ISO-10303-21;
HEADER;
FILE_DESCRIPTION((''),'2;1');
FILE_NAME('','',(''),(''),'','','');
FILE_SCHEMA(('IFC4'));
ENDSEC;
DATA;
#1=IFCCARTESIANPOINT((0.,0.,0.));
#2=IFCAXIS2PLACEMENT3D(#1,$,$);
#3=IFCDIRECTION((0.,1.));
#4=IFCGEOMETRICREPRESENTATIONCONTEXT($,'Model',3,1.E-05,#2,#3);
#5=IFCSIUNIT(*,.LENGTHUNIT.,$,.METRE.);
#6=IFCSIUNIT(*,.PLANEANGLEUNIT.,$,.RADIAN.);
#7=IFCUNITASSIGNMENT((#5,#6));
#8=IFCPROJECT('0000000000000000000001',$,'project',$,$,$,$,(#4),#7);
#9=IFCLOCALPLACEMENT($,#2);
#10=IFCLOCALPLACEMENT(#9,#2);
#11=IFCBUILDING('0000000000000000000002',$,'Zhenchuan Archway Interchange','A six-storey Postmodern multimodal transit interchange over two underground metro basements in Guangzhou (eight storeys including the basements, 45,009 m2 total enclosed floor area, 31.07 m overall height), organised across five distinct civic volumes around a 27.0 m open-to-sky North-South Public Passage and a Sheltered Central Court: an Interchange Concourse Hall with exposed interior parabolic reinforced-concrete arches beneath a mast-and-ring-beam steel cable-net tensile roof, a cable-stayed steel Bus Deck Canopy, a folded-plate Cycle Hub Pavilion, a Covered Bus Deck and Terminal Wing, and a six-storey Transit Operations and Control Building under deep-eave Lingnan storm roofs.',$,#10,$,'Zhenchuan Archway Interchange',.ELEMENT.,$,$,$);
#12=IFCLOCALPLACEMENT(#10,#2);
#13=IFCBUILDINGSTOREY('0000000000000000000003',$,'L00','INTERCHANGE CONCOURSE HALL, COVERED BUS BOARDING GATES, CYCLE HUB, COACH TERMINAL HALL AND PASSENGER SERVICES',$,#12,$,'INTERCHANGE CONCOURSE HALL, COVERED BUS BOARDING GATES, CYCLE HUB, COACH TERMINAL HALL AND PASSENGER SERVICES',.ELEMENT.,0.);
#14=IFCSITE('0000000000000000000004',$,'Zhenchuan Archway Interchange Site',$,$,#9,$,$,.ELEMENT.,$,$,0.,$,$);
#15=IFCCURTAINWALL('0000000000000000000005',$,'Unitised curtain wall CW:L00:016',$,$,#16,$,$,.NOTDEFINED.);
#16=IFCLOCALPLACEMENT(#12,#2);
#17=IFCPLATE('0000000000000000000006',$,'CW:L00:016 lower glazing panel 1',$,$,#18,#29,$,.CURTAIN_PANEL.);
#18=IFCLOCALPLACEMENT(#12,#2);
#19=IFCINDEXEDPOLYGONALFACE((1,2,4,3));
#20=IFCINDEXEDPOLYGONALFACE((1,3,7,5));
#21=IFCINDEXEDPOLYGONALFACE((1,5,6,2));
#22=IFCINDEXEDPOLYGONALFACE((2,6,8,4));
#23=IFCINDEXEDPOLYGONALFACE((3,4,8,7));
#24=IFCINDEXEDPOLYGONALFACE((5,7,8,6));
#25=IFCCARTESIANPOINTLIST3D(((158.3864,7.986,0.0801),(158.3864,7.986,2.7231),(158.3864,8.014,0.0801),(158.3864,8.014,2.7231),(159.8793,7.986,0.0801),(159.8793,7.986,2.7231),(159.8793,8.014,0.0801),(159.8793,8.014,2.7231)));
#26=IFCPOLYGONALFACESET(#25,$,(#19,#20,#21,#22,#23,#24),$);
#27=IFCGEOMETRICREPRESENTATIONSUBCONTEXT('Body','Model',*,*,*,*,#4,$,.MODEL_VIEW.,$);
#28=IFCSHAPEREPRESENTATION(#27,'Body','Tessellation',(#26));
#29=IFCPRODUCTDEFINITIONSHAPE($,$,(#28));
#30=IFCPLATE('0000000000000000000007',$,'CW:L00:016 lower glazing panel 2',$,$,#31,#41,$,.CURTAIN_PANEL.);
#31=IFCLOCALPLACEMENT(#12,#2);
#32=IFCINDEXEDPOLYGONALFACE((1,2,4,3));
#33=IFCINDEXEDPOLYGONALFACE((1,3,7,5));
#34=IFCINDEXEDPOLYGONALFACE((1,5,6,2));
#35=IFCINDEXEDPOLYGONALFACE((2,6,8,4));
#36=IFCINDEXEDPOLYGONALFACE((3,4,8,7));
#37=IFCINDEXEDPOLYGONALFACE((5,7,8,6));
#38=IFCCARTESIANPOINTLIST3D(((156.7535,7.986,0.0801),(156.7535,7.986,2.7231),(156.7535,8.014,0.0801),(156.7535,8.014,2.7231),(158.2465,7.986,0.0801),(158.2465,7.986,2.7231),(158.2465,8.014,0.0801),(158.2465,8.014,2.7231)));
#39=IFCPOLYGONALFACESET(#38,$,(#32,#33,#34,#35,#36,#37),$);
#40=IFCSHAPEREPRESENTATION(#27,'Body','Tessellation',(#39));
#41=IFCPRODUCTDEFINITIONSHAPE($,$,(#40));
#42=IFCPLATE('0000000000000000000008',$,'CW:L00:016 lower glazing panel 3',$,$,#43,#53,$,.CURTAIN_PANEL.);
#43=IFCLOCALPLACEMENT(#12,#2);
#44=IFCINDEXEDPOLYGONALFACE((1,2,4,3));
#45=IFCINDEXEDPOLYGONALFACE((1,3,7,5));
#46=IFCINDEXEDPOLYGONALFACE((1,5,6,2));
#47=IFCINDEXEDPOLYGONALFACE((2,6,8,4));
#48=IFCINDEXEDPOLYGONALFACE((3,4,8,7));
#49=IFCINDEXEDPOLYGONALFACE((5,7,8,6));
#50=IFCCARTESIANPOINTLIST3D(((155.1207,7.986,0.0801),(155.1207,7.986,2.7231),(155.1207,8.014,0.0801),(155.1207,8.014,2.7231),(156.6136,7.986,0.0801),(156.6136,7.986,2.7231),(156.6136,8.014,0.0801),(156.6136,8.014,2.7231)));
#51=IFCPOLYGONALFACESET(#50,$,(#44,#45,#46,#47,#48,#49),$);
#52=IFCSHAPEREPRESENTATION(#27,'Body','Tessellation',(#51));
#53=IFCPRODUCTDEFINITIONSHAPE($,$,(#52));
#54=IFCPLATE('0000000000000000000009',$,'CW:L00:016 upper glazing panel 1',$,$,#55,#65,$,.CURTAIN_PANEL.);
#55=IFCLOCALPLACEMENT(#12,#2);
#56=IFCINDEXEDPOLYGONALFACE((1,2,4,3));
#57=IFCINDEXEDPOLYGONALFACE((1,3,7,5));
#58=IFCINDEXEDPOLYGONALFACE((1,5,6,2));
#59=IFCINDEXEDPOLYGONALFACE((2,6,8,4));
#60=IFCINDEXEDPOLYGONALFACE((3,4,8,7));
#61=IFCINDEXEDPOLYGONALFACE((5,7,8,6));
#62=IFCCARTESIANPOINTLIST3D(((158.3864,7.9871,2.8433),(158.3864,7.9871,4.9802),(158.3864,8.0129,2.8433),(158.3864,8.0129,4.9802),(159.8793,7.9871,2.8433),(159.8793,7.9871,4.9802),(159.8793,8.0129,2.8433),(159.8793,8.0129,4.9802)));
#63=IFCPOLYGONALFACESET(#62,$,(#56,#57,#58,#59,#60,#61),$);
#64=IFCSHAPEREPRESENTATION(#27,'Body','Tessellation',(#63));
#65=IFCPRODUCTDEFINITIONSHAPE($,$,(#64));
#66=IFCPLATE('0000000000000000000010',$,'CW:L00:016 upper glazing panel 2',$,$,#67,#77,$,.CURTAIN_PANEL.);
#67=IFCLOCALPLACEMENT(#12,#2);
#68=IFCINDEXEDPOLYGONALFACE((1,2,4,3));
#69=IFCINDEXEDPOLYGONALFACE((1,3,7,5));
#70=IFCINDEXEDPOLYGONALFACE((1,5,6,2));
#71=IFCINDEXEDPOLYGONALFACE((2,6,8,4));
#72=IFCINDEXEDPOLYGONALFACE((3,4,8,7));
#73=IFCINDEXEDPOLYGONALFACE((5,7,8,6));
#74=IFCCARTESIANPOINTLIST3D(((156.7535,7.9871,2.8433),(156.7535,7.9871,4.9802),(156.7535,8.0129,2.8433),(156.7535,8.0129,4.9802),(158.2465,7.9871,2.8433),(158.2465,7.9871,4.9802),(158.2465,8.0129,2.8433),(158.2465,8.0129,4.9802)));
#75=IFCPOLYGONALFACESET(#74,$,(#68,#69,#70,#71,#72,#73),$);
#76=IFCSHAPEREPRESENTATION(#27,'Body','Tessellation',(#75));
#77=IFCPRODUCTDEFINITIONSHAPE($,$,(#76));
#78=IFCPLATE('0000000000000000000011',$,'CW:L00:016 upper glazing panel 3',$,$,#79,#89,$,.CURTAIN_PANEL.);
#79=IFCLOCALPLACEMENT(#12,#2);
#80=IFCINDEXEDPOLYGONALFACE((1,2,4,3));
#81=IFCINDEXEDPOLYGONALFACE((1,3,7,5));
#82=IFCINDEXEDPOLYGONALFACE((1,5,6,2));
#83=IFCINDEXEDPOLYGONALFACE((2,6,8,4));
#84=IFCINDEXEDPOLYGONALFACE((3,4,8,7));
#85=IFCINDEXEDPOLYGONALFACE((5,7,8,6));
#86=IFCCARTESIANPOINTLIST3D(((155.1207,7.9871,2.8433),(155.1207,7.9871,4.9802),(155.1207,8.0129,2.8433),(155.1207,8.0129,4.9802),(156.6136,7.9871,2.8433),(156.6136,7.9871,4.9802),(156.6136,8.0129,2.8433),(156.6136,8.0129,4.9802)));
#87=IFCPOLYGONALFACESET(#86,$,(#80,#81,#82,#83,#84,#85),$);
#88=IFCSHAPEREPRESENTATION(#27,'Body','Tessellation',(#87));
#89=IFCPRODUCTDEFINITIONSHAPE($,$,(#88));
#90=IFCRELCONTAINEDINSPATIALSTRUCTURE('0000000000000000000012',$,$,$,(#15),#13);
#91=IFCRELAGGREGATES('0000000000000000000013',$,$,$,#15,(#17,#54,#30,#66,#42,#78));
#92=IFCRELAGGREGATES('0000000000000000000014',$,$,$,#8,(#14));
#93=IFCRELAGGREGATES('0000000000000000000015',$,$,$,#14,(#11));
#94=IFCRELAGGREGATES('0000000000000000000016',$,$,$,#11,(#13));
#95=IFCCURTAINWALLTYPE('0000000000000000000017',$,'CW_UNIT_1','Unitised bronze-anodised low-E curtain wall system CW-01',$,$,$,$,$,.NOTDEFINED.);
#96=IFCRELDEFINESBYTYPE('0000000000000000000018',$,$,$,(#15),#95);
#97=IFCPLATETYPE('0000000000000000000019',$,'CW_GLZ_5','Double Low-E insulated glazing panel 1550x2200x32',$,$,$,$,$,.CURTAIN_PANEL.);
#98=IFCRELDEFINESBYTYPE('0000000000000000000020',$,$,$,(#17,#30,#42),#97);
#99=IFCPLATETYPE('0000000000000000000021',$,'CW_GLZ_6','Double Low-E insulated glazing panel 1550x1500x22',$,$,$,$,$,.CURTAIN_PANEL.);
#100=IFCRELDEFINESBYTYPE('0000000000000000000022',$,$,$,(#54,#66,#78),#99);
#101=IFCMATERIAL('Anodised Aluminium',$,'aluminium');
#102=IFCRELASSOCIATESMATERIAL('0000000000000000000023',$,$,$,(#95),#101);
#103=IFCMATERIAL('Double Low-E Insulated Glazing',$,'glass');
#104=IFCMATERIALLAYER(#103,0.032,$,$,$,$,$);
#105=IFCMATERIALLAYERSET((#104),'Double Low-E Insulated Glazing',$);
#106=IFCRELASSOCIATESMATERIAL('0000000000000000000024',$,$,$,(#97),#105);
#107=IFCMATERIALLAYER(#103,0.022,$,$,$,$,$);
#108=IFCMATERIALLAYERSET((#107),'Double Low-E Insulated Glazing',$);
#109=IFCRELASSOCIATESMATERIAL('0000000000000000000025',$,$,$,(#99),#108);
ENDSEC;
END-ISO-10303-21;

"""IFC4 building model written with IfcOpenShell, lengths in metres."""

from ifc_helpers import new_model, si_unit, direction, frame, origin, origin_2d, place, context, subcontext, project, spatial, rectangle, extrude, material, layer, layer_set, type_object, element, aggregate, save


model = new_model("IFC4")

# Units and contexts
model_context = context("Model", 3, precision=1e-05, world=origin(), true_north=direction((0.0, 1.0)))
body_context = subcontext(model_context, "Body", "Model", "MODEL_VIEW")
ifc_project = project(units=[si_unit("LENGTHUNIT", "METRE"), si_unit("PLANEANGLEUNIT", "RADIAN")], contexts=[model_context])

# Site, building, storey
site_placement = place(None, origin())
site = spatial("IfcSite", under=ifc_project, at=site_placement, Name="Zhenchuan Archway Interchange Site", CompositionType="ELEMENT", RefElevation=0.0)
building_placement = place(site_placement, origin())
building = spatial("IfcBuilding", under=site, at=building_placement, Name="Zhenchuan Archway Interchange", Description="A six-storey Postmodern multimodal transit interchange over two underground metro basements in Guangzhou (eight storeys including the basements, 45,009 m2 total enclosed floor area, 31.07 m overall height), organised across five distinct civic volumes around a 27.0 m open-to-sky North-South Public Passage and a Sheltered Central Court: an Interchange Concourse Hall with exposed interior parabolic reinforced-concrete arches beneath a mast-and-ring-beam steel cable-net tensile roof, a cable-stayed steel Bus Deck Canopy, a folded-plate Cycle Hub Pavilion, a Covered Bus Deck and Terminal Wing, and a six-storey Transit Operations and Control Building under deep-eave Lingnan storm roofs.", LongName="Zhenchuan Archway Interchange", CompositionType="ELEMENT")
storey_placement = place(building_placement, origin())
storey = spatial("IfcBuildingStorey", under=building, at=storey_placement, Name="L00", Description="INTERCHANGE CONCOURSE HALL, COVERED BUS BOARDING GATES, CYCLE HUB, COACH TERMINAL HALL AND PASSENGER SERVICES", LongName="INTERCHANGE CONCOURSE HALL, COVERED BUS BOARDING GATES, CYCLE HUB, COACH TERMINAL HALL AND PASSENGER SERVICES", CompositionType="ELEMENT", Elevation=0.0)

# Curtain wall
ifc_material_1 = material(Name="Anodised Aluminium", Category="aluminium")
curtain_wall_type = type_object("IfcCurtainWallType", Name="CW_UNIT_1", Description="Unitised bronze-anodised low-E curtain wall system CW-01", PredefinedType="NOTDEFINED", material=ifc_material_1)
curtain_wall_placement = place(storey_placement, origin())
curtain_wall = element("IfcCurtainWall", 1, at=curtain_wall_placement, inside=storey, type_object=curtain_wall_type, Name="Unitised curtain wall CW:L00:016", PredefinedType="NOTDEFINED")

# Plates
ifc_material_2 = material(Name="Double Low-E Insulated Glazing", Category="glass")
ifc_layer_1 = layer(ifc_material_2, 0.032)
ifc_layer_set_1 = layer_set([ifc_layer_1], Name="Double Low-E Insulated Glazing")
plate_type_1 = type_object("IfcPlateType", Name="CW_GLZ_5", Description="Double Low-E insulated glazing panel 1550x2200x32", PredefinedType="CURTAIN_PANEL", material=ifc_layer_set_1)
plate_1_placement = place(storey_placement, frame((159.1328, 8.0, 0.0801), z_axis=(0.0, 0.0, 1.0), x_axis=(-1.0, 0.0, 0.0)))
plate_1 = element("IfcPlate", 2, at=plate_1_placement, type_object=plate_type_1, Name="CW:L00:016 lower glazing panel 1", PredefinedType="CURTAIN_PANEL", context=body_context, shape_type="SweptSolid", body=[
    extrude(rectangle(XDim=1.4929, YDim=0.0281, at=origin_2d()), origin(), (0.0, 0.0, 1.0), 2.6431),
])
plate_2_placement = place(storey_placement, frame((157.5, 8.0, 0.0801), z_axis=(0.0, 0.0, 1.0), x_axis=(-1.0, 0.0, 0.0)))
plate_2 = element("IfcPlate", 3, at=plate_2_placement, type_object=plate_type_1, Name="CW:L00:016 lower glazing panel 2", PredefinedType="CURTAIN_PANEL", context=body_context, shape_type="SweptSolid", body=[
    extrude(rectangle(XDim=1.4929, YDim=0.0281, at=origin_2d()), origin(), (0.0, 0.0, 1.0), 2.6431),
])
plate_3_placement = place(storey_placement, frame((155.8672, 8.0, 0.0801), z_axis=(0.0, 0.0, 1.0), x_axis=(-1.0, 0.0, 0.0)))
plate_3 = element("IfcPlate", 4, at=plate_3_placement, type_object=plate_type_1, Name="CW:L00:016 lower glazing panel 3", PredefinedType="CURTAIN_PANEL", context=body_context, shape_type="SweptSolid", body=[
    extrude(rectangle(XDim=1.4929, YDim=0.0281, at=origin_2d()), origin(), (0.0, 0.0, 1.0), 2.6431),
])
ifc_layer_2 = layer(ifc_material_2, 0.022)
ifc_layer_set_2 = layer_set([ifc_layer_2], Name="Double Low-E Insulated Glazing")
plate_type_2 = type_object("IfcPlateType", Name="CW_GLZ_6", Description="Double Low-E insulated glazing panel 1550x1500x22", PredefinedType="CURTAIN_PANEL", material=ifc_layer_set_2)
plate_4_placement = place(storey_placement, frame((159.1328, 8.0, 2.8433), z_axis=(0.0, 0.0, 1.0), x_axis=(-1.0, 0.0, 0.0)))
plate_4 = element("IfcPlate", 5, at=plate_4_placement, type_object=plate_type_2, Name="CW:L00:016 upper glazing panel 1", PredefinedType="CURTAIN_PANEL", context=body_context, shape_type="SweptSolid", body=[
    extrude(rectangle(XDim=1.4929, YDim=0.0259, at=origin_2d()), origin(), (0.0, 0.0, 1.0), 2.137),
])
plate_5_placement = place(storey_placement, frame((157.5, 8.0, 2.8433), z_axis=(0.0, 0.0, 1.0), x_axis=(-1.0, 0.0, 0.0)))
plate_5 = element("IfcPlate", 6, at=plate_5_placement, type_object=plate_type_2, Name="CW:L00:016 upper glazing panel 2", PredefinedType="CURTAIN_PANEL", context=body_context, shape_type="SweptSolid", body=[
    extrude(rectangle(XDim=1.4929, YDim=0.0259, at=origin_2d()), origin(), (0.0, 0.0, 1.0), 2.137),
])
plate_6_placement = place(storey_placement, frame((155.8672, 8.0, 2.8433), z_axis=(0.0, 0.0, 1.0), x_axis=(-1.0, 0.0, 0.0)))
plate_6 = element("IfcPlate", 7, at=plate_6_placement, type_object=plate_type_2, Name="CW:L00:016 upper glazing panel 3", PredefinedType="CURTAIN_PANEL", context=body_context, shape_type="SweptSolid", body=[
    extrude(rectangle(XDim=1.4929, YDim=0.0259, at=origin_2d()), origin(), (0.0, 0.0, 1.0), 2.137),
])
aggregate(curtain_wall, [plate_1, plate_4, plate_2, plate_5, plate_3, plate_6])

save(model, "model.ifc")
